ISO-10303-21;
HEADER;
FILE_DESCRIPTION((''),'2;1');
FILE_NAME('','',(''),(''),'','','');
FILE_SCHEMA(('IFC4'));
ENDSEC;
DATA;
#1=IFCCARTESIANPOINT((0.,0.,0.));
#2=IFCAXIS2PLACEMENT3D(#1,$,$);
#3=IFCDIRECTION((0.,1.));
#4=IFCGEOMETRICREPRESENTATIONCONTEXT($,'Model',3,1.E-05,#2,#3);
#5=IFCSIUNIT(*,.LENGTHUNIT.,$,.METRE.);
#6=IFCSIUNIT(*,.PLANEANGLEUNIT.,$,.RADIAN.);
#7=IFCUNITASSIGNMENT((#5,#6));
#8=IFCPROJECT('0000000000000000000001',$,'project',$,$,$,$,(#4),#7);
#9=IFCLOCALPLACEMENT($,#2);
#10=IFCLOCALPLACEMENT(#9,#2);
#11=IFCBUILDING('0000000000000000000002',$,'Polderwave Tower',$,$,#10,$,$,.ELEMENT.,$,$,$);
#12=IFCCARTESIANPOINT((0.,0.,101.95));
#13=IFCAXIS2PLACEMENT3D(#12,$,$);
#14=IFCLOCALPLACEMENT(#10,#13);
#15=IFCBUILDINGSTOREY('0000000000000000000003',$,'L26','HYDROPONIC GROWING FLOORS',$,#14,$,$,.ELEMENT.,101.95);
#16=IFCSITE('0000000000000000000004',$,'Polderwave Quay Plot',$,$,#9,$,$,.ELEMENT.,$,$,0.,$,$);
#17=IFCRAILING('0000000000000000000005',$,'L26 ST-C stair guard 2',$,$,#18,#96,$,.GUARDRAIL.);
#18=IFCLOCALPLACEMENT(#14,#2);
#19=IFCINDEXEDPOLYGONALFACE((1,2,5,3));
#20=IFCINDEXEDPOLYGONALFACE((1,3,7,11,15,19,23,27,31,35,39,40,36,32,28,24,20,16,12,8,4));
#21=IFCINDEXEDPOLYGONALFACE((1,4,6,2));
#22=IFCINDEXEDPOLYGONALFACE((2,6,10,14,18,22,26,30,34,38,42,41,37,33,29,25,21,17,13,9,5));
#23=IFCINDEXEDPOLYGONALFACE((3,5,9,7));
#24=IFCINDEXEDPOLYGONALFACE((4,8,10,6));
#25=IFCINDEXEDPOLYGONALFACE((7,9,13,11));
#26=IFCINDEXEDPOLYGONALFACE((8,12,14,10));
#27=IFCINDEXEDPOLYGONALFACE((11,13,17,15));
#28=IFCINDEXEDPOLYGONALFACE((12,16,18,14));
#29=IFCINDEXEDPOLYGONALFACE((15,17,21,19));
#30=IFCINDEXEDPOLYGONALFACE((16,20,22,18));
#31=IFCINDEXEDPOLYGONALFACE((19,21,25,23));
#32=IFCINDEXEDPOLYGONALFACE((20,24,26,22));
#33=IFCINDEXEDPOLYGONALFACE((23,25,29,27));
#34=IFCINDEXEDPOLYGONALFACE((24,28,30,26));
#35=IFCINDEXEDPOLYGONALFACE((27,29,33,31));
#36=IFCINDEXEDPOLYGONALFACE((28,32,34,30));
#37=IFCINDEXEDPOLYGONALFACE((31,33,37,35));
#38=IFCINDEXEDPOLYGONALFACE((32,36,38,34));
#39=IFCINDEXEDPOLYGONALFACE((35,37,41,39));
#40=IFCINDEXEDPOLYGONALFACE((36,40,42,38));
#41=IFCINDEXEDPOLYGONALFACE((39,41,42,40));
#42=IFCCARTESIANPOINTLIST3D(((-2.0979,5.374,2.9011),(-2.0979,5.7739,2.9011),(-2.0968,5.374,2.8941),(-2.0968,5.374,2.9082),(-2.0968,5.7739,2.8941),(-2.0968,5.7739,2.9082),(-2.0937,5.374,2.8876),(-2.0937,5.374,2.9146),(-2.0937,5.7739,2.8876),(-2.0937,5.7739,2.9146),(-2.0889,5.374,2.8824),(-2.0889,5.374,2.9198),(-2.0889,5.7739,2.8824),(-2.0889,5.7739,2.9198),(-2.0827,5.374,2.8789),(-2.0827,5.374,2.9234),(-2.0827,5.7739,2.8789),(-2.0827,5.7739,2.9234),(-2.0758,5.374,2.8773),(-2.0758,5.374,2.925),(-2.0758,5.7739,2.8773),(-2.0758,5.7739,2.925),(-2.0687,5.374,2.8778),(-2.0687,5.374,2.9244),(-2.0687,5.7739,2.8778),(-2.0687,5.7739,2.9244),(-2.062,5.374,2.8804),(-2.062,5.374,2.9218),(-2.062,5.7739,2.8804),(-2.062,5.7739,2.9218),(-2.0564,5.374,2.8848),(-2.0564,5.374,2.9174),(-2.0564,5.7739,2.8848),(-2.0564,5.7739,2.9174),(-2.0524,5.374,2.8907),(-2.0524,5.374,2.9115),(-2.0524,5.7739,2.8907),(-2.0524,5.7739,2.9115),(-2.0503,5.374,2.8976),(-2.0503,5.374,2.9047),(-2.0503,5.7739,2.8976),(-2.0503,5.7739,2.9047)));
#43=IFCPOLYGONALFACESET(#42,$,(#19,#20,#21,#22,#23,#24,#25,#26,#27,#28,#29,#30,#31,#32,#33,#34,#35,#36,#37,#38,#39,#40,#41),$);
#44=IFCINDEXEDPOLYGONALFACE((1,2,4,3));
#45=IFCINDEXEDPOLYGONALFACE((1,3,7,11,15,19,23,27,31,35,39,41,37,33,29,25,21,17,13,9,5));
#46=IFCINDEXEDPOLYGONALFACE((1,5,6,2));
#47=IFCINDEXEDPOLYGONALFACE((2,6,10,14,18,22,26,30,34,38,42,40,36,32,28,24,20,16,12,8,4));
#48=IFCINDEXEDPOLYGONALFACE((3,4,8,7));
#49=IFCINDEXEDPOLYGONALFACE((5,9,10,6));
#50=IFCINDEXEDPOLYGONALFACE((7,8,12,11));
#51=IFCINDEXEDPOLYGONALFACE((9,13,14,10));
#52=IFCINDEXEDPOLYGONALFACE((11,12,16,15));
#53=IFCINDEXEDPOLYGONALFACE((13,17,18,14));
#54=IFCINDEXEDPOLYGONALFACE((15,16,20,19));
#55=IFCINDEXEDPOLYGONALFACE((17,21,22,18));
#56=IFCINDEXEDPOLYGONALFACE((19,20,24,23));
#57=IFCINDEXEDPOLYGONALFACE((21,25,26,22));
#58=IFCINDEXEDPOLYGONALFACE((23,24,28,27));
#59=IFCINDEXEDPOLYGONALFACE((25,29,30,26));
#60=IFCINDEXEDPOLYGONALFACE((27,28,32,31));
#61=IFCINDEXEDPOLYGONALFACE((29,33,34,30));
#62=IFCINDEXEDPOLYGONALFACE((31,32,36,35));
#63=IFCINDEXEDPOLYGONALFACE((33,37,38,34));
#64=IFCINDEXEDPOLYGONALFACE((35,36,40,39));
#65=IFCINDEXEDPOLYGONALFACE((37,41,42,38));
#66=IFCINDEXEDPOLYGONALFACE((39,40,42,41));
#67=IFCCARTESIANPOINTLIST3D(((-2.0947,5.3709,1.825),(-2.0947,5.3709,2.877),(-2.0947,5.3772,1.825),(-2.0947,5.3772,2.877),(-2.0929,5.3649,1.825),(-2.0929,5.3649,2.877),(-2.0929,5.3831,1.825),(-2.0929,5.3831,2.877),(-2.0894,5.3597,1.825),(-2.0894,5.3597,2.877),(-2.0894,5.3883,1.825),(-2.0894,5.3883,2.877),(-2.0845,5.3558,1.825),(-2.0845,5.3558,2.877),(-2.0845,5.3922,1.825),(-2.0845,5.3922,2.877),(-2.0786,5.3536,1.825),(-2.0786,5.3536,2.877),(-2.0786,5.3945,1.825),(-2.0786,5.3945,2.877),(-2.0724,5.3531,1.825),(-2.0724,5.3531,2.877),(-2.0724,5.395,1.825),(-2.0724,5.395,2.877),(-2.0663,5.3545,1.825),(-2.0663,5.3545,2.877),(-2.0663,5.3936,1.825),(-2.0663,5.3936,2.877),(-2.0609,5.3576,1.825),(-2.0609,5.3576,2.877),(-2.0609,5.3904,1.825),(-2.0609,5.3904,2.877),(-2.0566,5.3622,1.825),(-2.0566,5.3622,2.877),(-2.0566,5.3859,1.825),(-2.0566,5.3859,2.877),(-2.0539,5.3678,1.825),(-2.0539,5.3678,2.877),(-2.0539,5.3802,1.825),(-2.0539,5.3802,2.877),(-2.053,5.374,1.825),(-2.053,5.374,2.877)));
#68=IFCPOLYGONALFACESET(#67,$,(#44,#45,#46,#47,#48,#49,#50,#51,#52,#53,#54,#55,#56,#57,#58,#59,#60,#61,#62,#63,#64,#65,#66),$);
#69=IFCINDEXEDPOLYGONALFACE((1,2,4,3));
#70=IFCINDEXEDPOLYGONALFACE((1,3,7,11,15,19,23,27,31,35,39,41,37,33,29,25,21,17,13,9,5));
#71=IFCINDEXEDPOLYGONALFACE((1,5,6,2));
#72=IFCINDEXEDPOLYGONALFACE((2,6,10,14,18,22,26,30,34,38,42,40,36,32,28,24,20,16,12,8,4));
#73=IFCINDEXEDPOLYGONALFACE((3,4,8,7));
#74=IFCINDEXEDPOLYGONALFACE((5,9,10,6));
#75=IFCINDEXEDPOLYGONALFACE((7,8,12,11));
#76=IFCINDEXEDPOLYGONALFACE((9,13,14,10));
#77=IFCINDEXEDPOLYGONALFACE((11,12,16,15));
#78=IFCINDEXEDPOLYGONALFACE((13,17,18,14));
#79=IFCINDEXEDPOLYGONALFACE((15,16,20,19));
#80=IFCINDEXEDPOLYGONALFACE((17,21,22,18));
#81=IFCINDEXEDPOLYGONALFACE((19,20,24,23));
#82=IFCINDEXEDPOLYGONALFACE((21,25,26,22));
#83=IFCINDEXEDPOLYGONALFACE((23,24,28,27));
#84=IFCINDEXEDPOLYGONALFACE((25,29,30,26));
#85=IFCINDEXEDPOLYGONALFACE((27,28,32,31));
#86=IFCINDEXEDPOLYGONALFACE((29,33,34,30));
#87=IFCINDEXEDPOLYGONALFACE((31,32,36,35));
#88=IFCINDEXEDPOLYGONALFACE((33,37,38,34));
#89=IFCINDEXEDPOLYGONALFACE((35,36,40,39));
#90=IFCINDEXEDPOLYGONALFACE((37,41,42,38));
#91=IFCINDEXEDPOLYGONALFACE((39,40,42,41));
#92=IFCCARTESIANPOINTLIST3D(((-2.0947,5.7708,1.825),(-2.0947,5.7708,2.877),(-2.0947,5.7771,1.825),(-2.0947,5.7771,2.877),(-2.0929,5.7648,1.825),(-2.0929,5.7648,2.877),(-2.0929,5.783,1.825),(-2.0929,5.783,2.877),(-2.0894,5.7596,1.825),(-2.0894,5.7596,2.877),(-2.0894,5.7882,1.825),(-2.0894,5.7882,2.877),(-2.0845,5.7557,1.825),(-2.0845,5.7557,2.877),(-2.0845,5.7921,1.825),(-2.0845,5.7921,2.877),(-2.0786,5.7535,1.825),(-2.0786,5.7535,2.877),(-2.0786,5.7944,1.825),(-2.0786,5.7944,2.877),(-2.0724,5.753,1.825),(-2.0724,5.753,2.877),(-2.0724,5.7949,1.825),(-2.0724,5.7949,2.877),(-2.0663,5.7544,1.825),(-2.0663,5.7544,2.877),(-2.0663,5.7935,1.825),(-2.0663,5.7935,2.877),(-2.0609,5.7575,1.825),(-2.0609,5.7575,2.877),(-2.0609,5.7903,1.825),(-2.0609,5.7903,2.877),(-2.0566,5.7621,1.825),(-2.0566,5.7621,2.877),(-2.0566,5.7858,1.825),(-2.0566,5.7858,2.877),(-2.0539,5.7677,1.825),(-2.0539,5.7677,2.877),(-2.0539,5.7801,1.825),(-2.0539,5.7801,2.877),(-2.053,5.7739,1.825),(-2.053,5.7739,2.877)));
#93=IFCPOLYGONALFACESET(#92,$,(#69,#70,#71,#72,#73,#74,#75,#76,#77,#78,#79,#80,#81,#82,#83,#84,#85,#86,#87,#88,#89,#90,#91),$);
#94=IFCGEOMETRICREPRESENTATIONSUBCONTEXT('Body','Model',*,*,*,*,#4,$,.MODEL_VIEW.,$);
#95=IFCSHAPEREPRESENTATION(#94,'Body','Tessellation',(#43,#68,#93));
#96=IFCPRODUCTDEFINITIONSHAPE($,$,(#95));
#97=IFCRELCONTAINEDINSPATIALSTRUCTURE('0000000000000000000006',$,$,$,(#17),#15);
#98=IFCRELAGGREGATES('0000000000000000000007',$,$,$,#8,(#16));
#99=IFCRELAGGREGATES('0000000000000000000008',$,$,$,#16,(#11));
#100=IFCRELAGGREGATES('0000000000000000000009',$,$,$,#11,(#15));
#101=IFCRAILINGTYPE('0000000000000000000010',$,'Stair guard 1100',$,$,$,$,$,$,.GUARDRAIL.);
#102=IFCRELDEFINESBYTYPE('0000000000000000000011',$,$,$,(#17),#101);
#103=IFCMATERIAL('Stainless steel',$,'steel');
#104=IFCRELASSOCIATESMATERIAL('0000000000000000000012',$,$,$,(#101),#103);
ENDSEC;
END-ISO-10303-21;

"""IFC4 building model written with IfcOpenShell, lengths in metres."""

from ifc_helpers import new_model, si_unit, direction, frame, origin, origin_2d, place, context, subcontext, project, spatial, circle, extrude, material, type_object, element, save


model = new_model("IFC4")

# Units and contexts
model_context = context("Model", 3, precision=1e-05, world=origin(), true_north=direction((0.0, 1.0)))
body_context = subcontext(model_context, "Body", "Model", "MODEL_VIEW")
ifc_project = project(units=[si_unit("LENGTHUNIT", "METRE"), si_unit("PLANEANGLEUNIT", "RADIAN")], contexts=[model_context])

# Site, building, storey
site_placement = place(None, origin())
site = spatial("IfcSite", under=ifc_project, at=site_placement, Name="Polderwave Quay Plot", CompositionType="ELEMENT", RefElevation=0.0)
building_placement = place(site_placement, origin())
building = spatial("IfcBuilding", under=site, at=building_placement, Name="Polderwave Tower", CompositionType="ELEMENT")
storey_placement = place(building_placement, frame((0.0, 0.0, 101.95)))
storey = spatial("IfcBuildingStorey", under=building, at=storey_placement, Name="L26", Description="HYDROPONIC GROWING FLOORS", CompositionType="ELEMENT", Elevation=101.95)

# Railing
ifc_material_1 = material(Name="Stainless steel", Category="steel")
railing_type_1 = type_object("IfcRailingType", Name="Stair guard 1100", PredefinedType="GUARDRAIL", material=ifc_material_1)
railing_1_placement = place(storey_placement, frame((-2.074, 5.374, 1.825)))
element("IfcRailing", 1, at=railing_1_placement, inside=storey, type_object=railing_type_1, Name="L26 ST-C stair guard 2", PredefinedType="GUARDRAIL", context=body_context, shape_type="SweptSolid", body=[
    extrude(circle(Radius=0.0239, at=origin_2d()), frame((0.0, 0.0, 1.0762), z_axis=(0.0, 1.0, 0.0), x_axis=(-1.0, 0.0, 0.0)), (0.0, 0.0, 1.0), 0.3999),
    extrude(circle(Radius=0.021, at=origin_2d()), origin(), (0.0, 0.0, 1.0), 1.052),
    extrude(circle(Radius=0.021, at=origin_2d()), frame((0.0, 0.3999, 0.0)), (0.0, 0.0, 1.0), 1.052),
])

save(model, "model.ifc")
